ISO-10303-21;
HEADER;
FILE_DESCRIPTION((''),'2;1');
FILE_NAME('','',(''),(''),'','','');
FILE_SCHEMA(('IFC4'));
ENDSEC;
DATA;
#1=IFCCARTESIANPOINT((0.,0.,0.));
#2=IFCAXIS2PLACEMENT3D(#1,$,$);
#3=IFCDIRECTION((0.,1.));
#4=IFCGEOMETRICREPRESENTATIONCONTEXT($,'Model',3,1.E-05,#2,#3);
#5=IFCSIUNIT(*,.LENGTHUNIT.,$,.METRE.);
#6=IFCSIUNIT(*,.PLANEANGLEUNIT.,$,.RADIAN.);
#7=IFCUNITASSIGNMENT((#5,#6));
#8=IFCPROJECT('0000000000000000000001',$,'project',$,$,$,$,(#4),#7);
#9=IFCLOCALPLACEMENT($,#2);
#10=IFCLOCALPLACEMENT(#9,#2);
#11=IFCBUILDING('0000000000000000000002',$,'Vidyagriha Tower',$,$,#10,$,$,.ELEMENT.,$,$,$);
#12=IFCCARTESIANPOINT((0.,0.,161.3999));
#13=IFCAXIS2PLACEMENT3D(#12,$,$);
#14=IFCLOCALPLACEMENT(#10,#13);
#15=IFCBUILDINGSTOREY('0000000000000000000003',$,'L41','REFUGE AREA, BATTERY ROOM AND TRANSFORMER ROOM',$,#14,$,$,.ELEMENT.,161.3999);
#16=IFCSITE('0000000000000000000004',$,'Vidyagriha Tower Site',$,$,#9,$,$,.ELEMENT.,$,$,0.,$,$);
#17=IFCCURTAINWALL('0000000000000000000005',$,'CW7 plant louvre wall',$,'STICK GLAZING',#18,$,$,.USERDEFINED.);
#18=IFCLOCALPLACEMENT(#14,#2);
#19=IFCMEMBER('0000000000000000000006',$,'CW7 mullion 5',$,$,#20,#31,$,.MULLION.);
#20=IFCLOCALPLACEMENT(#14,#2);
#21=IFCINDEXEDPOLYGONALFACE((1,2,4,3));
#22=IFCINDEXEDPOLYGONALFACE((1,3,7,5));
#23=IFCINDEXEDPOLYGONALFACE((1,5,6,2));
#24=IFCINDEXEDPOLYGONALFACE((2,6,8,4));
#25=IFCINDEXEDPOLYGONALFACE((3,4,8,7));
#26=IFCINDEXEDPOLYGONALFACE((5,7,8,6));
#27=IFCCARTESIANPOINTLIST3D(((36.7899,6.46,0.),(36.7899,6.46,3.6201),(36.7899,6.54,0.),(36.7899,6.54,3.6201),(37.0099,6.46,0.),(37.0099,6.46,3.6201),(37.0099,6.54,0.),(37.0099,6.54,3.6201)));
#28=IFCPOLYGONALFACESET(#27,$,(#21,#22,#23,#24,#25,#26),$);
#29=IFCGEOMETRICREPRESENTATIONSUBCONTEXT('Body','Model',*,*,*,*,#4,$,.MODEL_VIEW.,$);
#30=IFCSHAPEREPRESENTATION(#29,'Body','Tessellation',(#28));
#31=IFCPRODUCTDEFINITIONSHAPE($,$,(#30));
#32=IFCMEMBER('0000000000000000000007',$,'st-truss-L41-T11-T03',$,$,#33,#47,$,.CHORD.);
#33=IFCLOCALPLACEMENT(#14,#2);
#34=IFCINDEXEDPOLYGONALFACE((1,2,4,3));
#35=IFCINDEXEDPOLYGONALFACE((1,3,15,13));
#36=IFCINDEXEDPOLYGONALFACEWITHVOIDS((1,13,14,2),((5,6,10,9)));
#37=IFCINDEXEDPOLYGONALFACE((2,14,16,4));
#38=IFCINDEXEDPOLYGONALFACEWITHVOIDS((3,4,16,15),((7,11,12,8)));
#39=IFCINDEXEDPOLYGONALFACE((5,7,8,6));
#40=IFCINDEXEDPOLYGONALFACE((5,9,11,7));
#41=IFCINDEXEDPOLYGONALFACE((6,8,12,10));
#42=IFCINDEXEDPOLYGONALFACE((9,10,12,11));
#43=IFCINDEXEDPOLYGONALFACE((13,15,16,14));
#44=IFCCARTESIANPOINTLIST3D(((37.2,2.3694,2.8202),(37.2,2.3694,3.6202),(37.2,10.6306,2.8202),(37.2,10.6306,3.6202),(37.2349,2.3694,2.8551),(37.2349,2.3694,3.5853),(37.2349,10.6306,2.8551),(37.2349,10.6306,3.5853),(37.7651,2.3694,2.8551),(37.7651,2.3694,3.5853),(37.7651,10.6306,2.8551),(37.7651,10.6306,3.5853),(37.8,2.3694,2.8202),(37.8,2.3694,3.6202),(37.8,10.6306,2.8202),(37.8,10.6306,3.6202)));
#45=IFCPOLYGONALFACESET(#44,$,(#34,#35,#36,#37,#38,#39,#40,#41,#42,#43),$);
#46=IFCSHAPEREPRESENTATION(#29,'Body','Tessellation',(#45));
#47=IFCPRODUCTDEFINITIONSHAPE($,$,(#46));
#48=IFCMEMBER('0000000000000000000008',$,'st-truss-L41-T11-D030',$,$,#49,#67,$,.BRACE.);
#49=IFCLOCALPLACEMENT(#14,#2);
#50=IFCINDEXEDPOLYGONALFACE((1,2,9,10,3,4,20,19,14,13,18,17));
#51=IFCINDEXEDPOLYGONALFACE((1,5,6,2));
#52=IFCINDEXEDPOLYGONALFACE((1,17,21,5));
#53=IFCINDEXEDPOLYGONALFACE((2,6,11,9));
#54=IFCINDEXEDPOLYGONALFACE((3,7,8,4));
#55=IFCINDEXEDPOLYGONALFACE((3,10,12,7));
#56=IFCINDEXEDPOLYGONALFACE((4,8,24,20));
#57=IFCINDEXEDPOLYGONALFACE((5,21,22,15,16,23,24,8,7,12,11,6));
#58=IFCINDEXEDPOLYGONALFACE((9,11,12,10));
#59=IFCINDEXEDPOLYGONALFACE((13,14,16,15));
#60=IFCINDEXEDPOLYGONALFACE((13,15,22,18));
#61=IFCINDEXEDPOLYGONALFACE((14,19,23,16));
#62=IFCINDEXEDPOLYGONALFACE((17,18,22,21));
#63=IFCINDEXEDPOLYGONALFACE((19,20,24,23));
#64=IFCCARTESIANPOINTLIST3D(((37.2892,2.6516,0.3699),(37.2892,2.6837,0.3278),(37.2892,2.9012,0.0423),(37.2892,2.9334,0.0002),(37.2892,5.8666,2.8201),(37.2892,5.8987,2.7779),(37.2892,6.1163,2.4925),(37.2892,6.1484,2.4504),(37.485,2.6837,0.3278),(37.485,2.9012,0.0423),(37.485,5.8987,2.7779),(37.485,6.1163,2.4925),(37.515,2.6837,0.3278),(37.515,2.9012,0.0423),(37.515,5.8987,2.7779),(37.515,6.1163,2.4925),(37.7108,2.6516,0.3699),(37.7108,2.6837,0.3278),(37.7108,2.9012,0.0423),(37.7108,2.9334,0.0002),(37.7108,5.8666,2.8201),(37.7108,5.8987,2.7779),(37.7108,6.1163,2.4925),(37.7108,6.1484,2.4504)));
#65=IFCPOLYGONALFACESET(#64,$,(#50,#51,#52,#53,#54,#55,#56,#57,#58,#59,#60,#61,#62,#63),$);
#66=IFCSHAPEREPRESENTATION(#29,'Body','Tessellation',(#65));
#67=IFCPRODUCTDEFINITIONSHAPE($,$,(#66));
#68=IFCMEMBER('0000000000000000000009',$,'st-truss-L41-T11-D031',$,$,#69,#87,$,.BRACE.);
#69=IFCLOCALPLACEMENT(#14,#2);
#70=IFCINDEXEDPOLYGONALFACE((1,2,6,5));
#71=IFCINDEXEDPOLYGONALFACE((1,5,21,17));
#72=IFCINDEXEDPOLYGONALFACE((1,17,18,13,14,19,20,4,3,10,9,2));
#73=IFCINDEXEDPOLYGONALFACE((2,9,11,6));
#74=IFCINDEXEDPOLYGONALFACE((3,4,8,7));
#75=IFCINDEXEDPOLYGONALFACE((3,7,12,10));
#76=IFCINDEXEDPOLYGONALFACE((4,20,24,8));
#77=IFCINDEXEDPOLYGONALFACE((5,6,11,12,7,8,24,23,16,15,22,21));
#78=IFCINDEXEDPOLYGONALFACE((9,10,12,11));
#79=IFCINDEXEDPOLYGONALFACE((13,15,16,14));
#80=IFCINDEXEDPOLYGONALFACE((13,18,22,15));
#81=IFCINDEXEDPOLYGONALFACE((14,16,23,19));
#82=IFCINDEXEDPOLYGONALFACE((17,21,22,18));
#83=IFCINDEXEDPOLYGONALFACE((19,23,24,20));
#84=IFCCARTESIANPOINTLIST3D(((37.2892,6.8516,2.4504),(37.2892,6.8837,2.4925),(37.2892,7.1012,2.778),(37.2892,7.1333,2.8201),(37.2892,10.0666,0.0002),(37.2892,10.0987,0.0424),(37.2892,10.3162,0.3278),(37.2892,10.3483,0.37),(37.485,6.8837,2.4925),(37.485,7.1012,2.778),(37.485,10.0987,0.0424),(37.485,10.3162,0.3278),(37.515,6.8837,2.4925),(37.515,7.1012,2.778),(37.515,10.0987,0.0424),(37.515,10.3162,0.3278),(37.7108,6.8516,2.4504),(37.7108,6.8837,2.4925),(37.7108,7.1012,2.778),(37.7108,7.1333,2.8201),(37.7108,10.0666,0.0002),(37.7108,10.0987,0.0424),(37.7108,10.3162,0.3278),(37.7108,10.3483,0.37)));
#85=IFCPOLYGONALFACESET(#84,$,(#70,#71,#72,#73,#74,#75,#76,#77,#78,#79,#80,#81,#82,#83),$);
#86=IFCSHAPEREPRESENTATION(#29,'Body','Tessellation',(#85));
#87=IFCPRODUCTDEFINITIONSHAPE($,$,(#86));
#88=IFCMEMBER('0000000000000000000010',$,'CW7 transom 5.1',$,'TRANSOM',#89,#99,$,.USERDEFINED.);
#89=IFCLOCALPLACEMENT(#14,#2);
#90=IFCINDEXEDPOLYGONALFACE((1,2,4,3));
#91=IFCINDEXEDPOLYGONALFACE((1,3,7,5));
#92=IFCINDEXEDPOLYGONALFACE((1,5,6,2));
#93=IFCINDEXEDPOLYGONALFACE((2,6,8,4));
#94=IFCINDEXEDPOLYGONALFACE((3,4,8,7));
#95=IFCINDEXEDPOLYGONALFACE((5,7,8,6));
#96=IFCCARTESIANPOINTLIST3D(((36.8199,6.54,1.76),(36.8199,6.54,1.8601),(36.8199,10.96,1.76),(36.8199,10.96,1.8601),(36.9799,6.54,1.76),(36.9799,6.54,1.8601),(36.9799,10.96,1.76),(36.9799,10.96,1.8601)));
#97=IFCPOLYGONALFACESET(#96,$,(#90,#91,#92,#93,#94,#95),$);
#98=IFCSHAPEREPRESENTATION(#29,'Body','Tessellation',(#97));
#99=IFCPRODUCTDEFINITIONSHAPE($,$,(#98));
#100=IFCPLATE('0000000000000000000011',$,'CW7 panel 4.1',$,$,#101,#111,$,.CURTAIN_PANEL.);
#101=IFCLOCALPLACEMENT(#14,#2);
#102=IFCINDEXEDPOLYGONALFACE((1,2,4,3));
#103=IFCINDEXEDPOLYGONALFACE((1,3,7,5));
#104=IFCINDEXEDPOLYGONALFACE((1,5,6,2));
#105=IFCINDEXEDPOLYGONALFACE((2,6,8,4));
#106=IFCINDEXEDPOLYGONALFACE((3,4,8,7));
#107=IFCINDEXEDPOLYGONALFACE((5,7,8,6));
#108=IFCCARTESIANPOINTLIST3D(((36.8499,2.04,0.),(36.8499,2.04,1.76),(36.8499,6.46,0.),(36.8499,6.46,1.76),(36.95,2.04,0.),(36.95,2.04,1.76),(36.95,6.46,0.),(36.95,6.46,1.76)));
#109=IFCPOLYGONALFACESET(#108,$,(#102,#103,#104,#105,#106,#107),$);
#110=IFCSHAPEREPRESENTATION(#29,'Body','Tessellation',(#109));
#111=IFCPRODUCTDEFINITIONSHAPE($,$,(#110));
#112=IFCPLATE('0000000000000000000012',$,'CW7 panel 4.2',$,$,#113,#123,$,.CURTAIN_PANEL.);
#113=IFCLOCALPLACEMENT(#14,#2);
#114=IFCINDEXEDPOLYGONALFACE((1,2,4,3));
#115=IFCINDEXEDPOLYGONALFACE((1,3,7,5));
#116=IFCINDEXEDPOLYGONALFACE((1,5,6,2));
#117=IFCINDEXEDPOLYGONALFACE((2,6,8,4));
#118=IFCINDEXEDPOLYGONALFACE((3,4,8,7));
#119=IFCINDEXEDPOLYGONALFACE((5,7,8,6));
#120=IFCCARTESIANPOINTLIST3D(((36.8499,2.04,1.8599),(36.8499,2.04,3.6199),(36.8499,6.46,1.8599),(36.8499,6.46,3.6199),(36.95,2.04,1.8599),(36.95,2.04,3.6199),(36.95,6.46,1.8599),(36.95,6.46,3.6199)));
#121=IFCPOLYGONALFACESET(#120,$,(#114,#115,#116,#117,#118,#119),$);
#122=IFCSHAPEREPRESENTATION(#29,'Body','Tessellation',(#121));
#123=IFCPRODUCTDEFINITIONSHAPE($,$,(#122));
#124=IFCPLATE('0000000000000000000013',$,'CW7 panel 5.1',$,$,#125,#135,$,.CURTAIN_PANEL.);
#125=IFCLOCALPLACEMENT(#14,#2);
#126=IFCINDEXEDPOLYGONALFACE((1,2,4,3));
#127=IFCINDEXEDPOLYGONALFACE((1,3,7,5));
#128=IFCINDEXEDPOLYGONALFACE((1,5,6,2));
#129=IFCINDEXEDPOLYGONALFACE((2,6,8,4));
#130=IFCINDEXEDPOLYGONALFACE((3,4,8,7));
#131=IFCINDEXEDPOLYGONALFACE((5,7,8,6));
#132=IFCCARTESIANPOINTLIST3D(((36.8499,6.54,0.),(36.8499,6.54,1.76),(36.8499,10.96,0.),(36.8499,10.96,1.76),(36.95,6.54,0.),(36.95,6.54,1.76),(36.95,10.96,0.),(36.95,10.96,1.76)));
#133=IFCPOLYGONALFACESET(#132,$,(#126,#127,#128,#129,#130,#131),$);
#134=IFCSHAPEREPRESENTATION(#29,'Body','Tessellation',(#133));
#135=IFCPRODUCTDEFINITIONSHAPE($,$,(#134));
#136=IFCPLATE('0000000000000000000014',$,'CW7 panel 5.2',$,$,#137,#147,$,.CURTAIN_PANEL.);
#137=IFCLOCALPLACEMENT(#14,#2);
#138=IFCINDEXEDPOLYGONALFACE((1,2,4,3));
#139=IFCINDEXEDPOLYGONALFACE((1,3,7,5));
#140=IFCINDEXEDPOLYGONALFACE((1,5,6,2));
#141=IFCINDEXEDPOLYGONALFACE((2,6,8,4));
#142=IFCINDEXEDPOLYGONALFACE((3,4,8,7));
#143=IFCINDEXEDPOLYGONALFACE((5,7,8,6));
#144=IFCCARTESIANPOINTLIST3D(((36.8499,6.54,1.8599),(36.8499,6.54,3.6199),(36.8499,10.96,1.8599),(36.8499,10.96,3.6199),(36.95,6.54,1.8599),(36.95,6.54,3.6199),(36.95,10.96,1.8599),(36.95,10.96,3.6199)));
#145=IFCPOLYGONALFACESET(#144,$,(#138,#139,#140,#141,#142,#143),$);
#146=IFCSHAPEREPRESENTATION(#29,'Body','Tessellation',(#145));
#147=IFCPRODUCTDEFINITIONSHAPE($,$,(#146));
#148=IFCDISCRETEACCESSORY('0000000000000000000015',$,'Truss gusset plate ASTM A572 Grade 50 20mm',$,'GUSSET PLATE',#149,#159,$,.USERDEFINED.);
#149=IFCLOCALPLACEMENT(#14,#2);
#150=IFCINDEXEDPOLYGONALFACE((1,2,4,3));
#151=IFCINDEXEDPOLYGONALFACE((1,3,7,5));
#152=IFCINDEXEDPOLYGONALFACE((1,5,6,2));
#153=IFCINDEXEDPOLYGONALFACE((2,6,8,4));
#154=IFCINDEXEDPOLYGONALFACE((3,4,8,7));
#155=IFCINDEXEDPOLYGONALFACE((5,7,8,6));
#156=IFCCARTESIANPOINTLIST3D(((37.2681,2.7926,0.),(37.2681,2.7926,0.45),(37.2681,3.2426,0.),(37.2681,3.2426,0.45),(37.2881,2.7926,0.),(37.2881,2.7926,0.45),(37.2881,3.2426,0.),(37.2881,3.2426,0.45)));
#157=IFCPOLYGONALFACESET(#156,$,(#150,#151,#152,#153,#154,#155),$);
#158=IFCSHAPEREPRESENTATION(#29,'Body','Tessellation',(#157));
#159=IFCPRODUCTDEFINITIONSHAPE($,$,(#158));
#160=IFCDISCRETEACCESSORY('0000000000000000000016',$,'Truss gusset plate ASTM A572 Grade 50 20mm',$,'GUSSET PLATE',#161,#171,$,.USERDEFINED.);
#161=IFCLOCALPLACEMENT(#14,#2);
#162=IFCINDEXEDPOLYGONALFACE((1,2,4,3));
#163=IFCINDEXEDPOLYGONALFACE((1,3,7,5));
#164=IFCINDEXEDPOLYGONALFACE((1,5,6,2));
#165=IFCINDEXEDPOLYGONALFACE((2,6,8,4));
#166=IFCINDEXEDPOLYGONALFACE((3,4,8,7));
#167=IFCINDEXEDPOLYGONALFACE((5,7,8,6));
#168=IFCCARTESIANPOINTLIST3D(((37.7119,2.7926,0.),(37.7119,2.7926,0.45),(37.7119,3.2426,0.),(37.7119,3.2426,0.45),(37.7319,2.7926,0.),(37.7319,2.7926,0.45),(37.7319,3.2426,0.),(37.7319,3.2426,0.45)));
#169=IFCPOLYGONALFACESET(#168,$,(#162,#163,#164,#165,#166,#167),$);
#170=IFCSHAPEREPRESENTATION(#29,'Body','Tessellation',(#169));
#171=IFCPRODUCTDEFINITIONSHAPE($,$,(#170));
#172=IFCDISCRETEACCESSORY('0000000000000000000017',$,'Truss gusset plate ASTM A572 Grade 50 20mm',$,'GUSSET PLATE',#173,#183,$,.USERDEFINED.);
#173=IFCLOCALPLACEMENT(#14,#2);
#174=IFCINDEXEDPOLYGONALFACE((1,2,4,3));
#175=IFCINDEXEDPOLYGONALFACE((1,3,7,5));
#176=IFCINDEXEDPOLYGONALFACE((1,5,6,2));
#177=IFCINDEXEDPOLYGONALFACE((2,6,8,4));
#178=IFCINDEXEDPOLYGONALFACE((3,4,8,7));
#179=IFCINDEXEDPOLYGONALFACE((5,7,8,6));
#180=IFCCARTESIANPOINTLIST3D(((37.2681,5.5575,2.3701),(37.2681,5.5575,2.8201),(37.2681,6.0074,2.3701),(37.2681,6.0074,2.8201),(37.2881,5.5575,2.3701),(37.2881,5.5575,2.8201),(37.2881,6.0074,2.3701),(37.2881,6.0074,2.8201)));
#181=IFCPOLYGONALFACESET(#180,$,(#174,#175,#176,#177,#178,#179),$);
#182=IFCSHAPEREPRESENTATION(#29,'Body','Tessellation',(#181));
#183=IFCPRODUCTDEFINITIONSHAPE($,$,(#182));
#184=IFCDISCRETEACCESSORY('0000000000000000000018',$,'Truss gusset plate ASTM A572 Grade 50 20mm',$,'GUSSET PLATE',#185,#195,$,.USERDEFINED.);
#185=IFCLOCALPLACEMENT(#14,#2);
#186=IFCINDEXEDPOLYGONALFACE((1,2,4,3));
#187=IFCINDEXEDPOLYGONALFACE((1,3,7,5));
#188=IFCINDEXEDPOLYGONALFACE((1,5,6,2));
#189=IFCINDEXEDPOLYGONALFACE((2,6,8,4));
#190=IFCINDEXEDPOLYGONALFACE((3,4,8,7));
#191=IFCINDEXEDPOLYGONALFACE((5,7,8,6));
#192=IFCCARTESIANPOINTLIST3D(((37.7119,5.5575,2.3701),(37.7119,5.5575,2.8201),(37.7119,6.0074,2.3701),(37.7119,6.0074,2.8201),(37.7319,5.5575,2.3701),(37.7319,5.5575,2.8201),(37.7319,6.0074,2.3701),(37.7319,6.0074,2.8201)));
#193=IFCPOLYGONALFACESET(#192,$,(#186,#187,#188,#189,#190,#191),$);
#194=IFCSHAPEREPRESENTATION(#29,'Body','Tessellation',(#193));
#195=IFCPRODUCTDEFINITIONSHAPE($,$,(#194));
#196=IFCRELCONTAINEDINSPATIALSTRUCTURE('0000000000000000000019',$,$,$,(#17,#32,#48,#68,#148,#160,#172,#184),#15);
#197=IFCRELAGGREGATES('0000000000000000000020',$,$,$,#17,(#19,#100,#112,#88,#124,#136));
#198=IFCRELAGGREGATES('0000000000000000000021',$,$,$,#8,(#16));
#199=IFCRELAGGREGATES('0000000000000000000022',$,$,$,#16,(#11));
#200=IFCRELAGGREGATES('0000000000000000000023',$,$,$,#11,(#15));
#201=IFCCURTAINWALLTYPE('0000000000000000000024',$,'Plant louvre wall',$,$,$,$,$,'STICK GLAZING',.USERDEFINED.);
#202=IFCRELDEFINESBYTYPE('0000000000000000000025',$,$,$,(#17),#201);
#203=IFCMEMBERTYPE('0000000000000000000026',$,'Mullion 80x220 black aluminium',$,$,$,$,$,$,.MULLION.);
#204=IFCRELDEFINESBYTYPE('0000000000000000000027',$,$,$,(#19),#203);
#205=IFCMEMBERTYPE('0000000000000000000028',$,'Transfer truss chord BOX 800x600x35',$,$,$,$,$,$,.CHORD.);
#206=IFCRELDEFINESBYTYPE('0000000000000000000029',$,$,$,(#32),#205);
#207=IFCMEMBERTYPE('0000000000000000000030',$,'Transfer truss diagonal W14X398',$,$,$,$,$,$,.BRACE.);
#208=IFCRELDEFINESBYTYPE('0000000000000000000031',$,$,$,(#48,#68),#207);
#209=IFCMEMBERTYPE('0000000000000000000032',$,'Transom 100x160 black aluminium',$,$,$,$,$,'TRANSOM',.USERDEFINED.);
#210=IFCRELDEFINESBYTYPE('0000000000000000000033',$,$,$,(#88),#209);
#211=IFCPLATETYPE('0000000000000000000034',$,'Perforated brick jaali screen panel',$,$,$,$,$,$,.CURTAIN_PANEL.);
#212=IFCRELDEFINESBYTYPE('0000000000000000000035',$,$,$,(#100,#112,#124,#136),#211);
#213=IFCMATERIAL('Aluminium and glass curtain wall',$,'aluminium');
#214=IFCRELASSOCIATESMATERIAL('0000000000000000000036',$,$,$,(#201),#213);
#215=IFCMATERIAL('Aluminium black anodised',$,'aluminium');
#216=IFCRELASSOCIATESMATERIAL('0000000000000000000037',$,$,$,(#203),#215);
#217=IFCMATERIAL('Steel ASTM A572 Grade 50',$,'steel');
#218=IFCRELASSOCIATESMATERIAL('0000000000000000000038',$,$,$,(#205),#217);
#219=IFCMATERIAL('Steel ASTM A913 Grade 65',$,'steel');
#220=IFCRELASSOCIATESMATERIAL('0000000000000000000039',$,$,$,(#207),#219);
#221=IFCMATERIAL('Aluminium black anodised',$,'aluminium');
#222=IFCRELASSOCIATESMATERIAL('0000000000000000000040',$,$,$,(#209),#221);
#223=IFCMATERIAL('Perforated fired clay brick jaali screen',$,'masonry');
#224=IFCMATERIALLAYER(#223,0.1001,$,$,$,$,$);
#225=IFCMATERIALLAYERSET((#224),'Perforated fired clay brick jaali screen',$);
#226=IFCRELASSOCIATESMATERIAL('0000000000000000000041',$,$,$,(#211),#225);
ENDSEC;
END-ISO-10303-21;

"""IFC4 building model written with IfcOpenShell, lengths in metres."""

from ifc_helpers import new_model, si_unit, direction, frame, origin, origin_2d, place, context, subcontext, project, spatial, rectangle, hollow_rectangle, i_section, extrude, material, layer, layer_set, material_profile, profile_set, type_object, element, aggregate, save


model = new_model("IFC4")

# Units and contexts
model_context = context("Model", 3, precision=1e-05, world=origin(), true_north=direction((0.0, 1.0)))
body_context = subcontext(model_context, "Body", "Model", "MODEL_VIEW")
ifc_project = project(units=[si_unit("LENGTHUNIT", "METRE"), si_unit("PLANEANGLEUNIT", "RADIAN")], contexts=[model_context])

# Site, building, storey
site_placement = place(None, origin())
site = spatial("IfcSite", under=ifc_project, at=site_placement, Name="Vidyagriha Tower Site", CompositionType="ELEMENT", RefElevation=0.0)
building_placement = place(site_placement, origin())
building = spatial("IfcBuilding", under=site, at=building_placement, Name="Vidyagriha Tower", CompositionType="ELEMENT")
storey_placement = place(building_placement, frame((0.0, 0.0, 161.3999)))
storey = spatial("IfcBuildingStorey", under=building, at=storey_placement, Name="L41", Description="REFUGE AREA, BATTERY ROOM AND TRANSFORMER ROOM", CompositionType="ELEMENT", Elevation=161.3999)

# Curtain wall, member
ifc_material_1 = material(Name="Aluminium and glass curtain wall", Category="aluminium")
curtain_wall_type = type_object("IfcCurtainWallType", Name="Plant louvre wall", ElementType="STICK GLAZING", PredefinedType="USERDEFINED", material=ifc_material_1)
curtain_wall_placement = place(storey_placement, origin())
curtain_wall = element("IfcCurtainWall", 1, at=curtain_wall_placement, inside=storey, type_object=curtain_wall_type, Name="CW7 plant louvre wall", ObjectType="STICK GLAZING", PredefinedType="USERDEFINED")
ifc_material_2 = material(Name="Aluminium black anodised", Category="aluminium")
ifc_material_profile_1 = material_profile(ifc_material_2, rectangle(XDim=0.22, YDim=0.0801, at=origin_2d()), Name="Mullion 80x220 black aluminium")
ifc_profile_set_1 = profile_set([ifc_material_profile_1], Name="Aluminium black anodised")
member_type_1 = type_object("IfcMemberType", Name="Mullion 80x220 black aluminium", PredefinedType="MULLION", material=ifc_profile_set_1)
member_1_placement = place(storey_placement, frame((36.8999, 6.5, 0.0), z_axis=(0.0, 0.0, 1.0), x_axis=(-1.0, 0.0, 0.0)))
member_1 = element("IfcMember", 2, at=member_1_placement, type_object=member_type_1, Name="CW7 mullion 5", PredefinedType="MULLION", context=body_context, shape_type="SweptSolid", body=[
    extrude(rectangle(XDim=0.22, YDim=0.0801, at=origin_2d()), origin(), (0.0, 0.0, 1.0), 3.6201),
])

# Members
ifc_material_3 = material(Name="Steel ASTM A572 Grade 50", Category="steel")
ifc_material_profile_2 = material_profile(ifc_material_3, hollow_rectangle(XDim=0.6001, YDim=0.8, WallThickness=0.0349, at=origin_2d()), Name="BOX 800x600x35")
ifc_profile_set_2 = profile_set([ifc_material_profile_2], Name="Steel ASTM A572 Grade 50")
member_type_2 = type_object("IfcMemberType", Name="Transfer truss chord BOX 800x600x35", PredefinedType="CHORD", material=ifc_profile_set_2)
member_2_placement = place(storey_placement, frame((37.5, 2.3694, 3.2202), z_axis=(0.0, 1.0, 0.0), x_axis=(-1.0, 0.0, 0.0)))
element("IfcMember", 3, at=member_2_placement, inside=storey, type_object=member_type_2, Name="st-truss-L41-T11-T03", PredefinedType="CHORD", context=body_context, shape_type="SweptSolid", body=[
    extrude(hollow_rectangle(XDim=0.6001, YDim=0.8, WallThickness=0.0349, at=origin_2d()), origin(), (0.0, 0.0, 1.0), 8.2612),
])
ifc_material_4 = material(Name="Steel ASTM A913 Grade 65", Category="steel")
ifc_material_profile_3 = material_profile(ifc_material_4, i_section(OverallWidth=0.4216, OverallDepth=0.4648, WebThickness=0.03, FlangeThickness=0.053, at=origin_2d()), Name="W14X398")
ifc_profile_set_3 = profile_set([ifc_material_profile_3], Name="Steel ASTM A913 Grade 65")
member_type_3 = type_object("IfcMemberType", Name="Transfer truss diagonal W14X398", PredefinedType="BRACE", material=ifc_profile_set_3)
for number, where, z_axis, x_axis, name in (
    (4, (37.5, 2.7925, 0.1851), (0.0, 0.79536, 0.606138), (-1.0, 0.0, 0.0), "st-truss-L41-T11-D030"),
    (5, (37.5, 6.9924, 2.6353), (0.0, 0.79536, -0.606138), (-1.0, 0.0, 0.0), "st-truss-L41-T11-D031"),
):
    element("IfcMember", number, at=place(storey_placement, frame(where, z_axis=z_axis, x_axis=x_axis)), inside=storey, type_object=member_type_3, Name=name, PredefinedType="BRACE", context=body_context, shape_type="SweptSolid", body=[
        extrude(i_section(OverallWidth=0.4216, OverallDepth=0.4648, WebThickness=0.03, FlangeThickness=0.053, at=origin_2d()), origin(), (0.0, 0.0, 1.0), 4.0422),
    ])

# Member
ifc_material_5 = material(Name="Aluminium black anodised", Category="aluminium")
ifc_material_profile_4 = material_profile(ifc_material_5, rectangle(XDim=0.1599, YDim=0.1001, at=origin_2d()), Name="Transom 100x160 black aluminium")
ifc_profile_set_4 = profile_set([ifc_material_profile_4], Name="Aluminium black anodised")
member_type_4 = type_object("IfcMemberType", Name="Transom 100x160 black aluminium", ElementType="TRANSOM", PredefinedType="USERDEFINED", material=ifc_profile_set_4)
member_3_placement = place(storey_placement, frame((36.8999, 6.54, 1.8101), z_axis=(0.0, 1.0, 0.0), x_axis=(-1.0, 0.0, 0.0)))
member_3 = element("IfcMember", 6, at=member_3_placement, type_object=member_type_4, Name="CW7 transom 5.1", ObjectType="TRANSOM", PredefinedType="USERDEFINED", context=body_context, shape_type="SweptSolid", body=[
    extrude(rectangle(XDim=0.1599, YDim=0.1001, at=origin_2d()), origin(), (0.0, 0.0, 1.0), 4.4199),
])

# Plates
ifc_material_6 = material(Name="Perforated fired clay brick jaali screen", Category="masonry")
ifc_layer = layer(ifc_material_6, 0.1001)
ifc_layer_set = layer_set([ifc_layer], Name="Perforated fired clay brick jaali screen")
plate_type = type_object("IfcPlateType", Name="Perforated brick jaali screen panel", PredefinedType="CURTAIN_PANEL", material=ifc_layer_set)
plate_1_placement = place(storey_placement, frame((36.8999, 4.25, 0.0), z_axis=(0.0, 0.0, 1.0), x_axis=(0.0, 1.0, 0.0)))
plate_1 = element("IfcPlate", 7, at=plate_1_placement, type_object=plate_type, Name="CW7 panel 4.1", PredefinedType="CURTAIN_PANEL", context=body_context, shape_type="SweptSolid", body=[
    extrude(rectangle(XDim=4.4199, YDim=0.1001, at=origin_2d()), origin(), (0.0, 0.0, 1.0), 1.76),
])
plate_2_placement = place(storey_placement, frame((36.8999, 4.25, 1.8599), z_axis=(0.0, 0.0, 1.0), x_axis=(0.0, 1.0, 0.0)))
plate_2 = element("IfcPlate", 8, at=plate_2_placement, type_object=plate_type, Name="CW7 panel 4.2", PredefinedType="CURTAIN_PANEL", context=body_context, shape_type="SweptSolid", body=[
    extrude(rectangle(XDim=4.4199, YDim=0.1001, at=origin_2d()), origin(), (0.0, 0.0, 1.0), 1.76),
])
plate_3_placement = place(storey_placement, frame((36.8999, 8.75, 0.0), z_axis=(0.0, 0.0, 1.0), x_axis=(0.0, 1.0, 0.0)))
plate_3 = element("IfcPlate", 9, at=plate_3_placement, type_object=plate_type, Name="CW7 panel 5.1", PredefinedType="CURTAIN_PANEL", context=body_context, shape_type="SweptSolid", body=[
    extrude(rectangle(XDim=4.4199, YDim=0.1001, at=origin_2d()), origin(), (0.0, 0.0, 1.0), 1.76),
])
plate_4_placement = place(storey_placement, frame((36.8999, 8.75, 1.8599), z_axis=(0.0, 0.0, 1.0), x_axis=(0.0, 1.0, 0.0)))
plate_4 = element("IfcPlate", 10, at=plate_4_placement, type_object=plate_type, Name="CW7 panel 5.2", PredefinedType="CURTAIN_PANEL", context=body_context, shape_type="SweptSolid", body=[
    extrude(rectangle(XDim=4.4199, YDim=0.1001, at=origin_2d()), origin(), (0.0, 0.0, 1.0), 1.76),
])
aggregate(curtain_wall, [member_1, plate_1, plate_2, member_3, plate_3, plate_4])

# Discrete accessories
for number, where, z_axis, x_axis, name in (
    (11, (37.2781, 3.0176, 0.0), (0.0, 0.0, 1.0), (0.0, 1.0, 0.0), "Truss gusset plate ASTM A572 Grade 50 20mm"),
    (12, (37.7219, 3.0176, 0.0), (0.0, 0.0, 1.0), (0.0, 1.0, 0.0), "Truss gusset plate ASTM A572 Grade 50 20mm"),
    (13, (37.2781, 5.7825, 2.3701), (0.0, 0.0, 1.0), (0.0, 1.0, 0.0), "Truss gusset plate ASTM A572 Grade 50 20mm"),
    (14, (37.7219, 5.7825, 2.3701), (0.0, 0.0, 1.0), (0.0, 1.0, 0.0), "Truss gusset plate ASTM A572 Grade 50 20mm"),
):
    element("IfcDiscreteAccessory", number, at=place(storey_placement, frame(where, z_axis=z_axis, x_axis=x_axis)), inside=storey, Name=name, ObjectType="GUSSET PLATE", PredefinedType="USERDEFINED", context=body_context, shape_type="SweptSolid", body=[
        extrude(rectangle(XDim=0.45, YDim=0.02, at=origin_2d()), origin(), (0.0, 0.0, 1.0), 0.45),
    ])

save(model, "model.ifc")
